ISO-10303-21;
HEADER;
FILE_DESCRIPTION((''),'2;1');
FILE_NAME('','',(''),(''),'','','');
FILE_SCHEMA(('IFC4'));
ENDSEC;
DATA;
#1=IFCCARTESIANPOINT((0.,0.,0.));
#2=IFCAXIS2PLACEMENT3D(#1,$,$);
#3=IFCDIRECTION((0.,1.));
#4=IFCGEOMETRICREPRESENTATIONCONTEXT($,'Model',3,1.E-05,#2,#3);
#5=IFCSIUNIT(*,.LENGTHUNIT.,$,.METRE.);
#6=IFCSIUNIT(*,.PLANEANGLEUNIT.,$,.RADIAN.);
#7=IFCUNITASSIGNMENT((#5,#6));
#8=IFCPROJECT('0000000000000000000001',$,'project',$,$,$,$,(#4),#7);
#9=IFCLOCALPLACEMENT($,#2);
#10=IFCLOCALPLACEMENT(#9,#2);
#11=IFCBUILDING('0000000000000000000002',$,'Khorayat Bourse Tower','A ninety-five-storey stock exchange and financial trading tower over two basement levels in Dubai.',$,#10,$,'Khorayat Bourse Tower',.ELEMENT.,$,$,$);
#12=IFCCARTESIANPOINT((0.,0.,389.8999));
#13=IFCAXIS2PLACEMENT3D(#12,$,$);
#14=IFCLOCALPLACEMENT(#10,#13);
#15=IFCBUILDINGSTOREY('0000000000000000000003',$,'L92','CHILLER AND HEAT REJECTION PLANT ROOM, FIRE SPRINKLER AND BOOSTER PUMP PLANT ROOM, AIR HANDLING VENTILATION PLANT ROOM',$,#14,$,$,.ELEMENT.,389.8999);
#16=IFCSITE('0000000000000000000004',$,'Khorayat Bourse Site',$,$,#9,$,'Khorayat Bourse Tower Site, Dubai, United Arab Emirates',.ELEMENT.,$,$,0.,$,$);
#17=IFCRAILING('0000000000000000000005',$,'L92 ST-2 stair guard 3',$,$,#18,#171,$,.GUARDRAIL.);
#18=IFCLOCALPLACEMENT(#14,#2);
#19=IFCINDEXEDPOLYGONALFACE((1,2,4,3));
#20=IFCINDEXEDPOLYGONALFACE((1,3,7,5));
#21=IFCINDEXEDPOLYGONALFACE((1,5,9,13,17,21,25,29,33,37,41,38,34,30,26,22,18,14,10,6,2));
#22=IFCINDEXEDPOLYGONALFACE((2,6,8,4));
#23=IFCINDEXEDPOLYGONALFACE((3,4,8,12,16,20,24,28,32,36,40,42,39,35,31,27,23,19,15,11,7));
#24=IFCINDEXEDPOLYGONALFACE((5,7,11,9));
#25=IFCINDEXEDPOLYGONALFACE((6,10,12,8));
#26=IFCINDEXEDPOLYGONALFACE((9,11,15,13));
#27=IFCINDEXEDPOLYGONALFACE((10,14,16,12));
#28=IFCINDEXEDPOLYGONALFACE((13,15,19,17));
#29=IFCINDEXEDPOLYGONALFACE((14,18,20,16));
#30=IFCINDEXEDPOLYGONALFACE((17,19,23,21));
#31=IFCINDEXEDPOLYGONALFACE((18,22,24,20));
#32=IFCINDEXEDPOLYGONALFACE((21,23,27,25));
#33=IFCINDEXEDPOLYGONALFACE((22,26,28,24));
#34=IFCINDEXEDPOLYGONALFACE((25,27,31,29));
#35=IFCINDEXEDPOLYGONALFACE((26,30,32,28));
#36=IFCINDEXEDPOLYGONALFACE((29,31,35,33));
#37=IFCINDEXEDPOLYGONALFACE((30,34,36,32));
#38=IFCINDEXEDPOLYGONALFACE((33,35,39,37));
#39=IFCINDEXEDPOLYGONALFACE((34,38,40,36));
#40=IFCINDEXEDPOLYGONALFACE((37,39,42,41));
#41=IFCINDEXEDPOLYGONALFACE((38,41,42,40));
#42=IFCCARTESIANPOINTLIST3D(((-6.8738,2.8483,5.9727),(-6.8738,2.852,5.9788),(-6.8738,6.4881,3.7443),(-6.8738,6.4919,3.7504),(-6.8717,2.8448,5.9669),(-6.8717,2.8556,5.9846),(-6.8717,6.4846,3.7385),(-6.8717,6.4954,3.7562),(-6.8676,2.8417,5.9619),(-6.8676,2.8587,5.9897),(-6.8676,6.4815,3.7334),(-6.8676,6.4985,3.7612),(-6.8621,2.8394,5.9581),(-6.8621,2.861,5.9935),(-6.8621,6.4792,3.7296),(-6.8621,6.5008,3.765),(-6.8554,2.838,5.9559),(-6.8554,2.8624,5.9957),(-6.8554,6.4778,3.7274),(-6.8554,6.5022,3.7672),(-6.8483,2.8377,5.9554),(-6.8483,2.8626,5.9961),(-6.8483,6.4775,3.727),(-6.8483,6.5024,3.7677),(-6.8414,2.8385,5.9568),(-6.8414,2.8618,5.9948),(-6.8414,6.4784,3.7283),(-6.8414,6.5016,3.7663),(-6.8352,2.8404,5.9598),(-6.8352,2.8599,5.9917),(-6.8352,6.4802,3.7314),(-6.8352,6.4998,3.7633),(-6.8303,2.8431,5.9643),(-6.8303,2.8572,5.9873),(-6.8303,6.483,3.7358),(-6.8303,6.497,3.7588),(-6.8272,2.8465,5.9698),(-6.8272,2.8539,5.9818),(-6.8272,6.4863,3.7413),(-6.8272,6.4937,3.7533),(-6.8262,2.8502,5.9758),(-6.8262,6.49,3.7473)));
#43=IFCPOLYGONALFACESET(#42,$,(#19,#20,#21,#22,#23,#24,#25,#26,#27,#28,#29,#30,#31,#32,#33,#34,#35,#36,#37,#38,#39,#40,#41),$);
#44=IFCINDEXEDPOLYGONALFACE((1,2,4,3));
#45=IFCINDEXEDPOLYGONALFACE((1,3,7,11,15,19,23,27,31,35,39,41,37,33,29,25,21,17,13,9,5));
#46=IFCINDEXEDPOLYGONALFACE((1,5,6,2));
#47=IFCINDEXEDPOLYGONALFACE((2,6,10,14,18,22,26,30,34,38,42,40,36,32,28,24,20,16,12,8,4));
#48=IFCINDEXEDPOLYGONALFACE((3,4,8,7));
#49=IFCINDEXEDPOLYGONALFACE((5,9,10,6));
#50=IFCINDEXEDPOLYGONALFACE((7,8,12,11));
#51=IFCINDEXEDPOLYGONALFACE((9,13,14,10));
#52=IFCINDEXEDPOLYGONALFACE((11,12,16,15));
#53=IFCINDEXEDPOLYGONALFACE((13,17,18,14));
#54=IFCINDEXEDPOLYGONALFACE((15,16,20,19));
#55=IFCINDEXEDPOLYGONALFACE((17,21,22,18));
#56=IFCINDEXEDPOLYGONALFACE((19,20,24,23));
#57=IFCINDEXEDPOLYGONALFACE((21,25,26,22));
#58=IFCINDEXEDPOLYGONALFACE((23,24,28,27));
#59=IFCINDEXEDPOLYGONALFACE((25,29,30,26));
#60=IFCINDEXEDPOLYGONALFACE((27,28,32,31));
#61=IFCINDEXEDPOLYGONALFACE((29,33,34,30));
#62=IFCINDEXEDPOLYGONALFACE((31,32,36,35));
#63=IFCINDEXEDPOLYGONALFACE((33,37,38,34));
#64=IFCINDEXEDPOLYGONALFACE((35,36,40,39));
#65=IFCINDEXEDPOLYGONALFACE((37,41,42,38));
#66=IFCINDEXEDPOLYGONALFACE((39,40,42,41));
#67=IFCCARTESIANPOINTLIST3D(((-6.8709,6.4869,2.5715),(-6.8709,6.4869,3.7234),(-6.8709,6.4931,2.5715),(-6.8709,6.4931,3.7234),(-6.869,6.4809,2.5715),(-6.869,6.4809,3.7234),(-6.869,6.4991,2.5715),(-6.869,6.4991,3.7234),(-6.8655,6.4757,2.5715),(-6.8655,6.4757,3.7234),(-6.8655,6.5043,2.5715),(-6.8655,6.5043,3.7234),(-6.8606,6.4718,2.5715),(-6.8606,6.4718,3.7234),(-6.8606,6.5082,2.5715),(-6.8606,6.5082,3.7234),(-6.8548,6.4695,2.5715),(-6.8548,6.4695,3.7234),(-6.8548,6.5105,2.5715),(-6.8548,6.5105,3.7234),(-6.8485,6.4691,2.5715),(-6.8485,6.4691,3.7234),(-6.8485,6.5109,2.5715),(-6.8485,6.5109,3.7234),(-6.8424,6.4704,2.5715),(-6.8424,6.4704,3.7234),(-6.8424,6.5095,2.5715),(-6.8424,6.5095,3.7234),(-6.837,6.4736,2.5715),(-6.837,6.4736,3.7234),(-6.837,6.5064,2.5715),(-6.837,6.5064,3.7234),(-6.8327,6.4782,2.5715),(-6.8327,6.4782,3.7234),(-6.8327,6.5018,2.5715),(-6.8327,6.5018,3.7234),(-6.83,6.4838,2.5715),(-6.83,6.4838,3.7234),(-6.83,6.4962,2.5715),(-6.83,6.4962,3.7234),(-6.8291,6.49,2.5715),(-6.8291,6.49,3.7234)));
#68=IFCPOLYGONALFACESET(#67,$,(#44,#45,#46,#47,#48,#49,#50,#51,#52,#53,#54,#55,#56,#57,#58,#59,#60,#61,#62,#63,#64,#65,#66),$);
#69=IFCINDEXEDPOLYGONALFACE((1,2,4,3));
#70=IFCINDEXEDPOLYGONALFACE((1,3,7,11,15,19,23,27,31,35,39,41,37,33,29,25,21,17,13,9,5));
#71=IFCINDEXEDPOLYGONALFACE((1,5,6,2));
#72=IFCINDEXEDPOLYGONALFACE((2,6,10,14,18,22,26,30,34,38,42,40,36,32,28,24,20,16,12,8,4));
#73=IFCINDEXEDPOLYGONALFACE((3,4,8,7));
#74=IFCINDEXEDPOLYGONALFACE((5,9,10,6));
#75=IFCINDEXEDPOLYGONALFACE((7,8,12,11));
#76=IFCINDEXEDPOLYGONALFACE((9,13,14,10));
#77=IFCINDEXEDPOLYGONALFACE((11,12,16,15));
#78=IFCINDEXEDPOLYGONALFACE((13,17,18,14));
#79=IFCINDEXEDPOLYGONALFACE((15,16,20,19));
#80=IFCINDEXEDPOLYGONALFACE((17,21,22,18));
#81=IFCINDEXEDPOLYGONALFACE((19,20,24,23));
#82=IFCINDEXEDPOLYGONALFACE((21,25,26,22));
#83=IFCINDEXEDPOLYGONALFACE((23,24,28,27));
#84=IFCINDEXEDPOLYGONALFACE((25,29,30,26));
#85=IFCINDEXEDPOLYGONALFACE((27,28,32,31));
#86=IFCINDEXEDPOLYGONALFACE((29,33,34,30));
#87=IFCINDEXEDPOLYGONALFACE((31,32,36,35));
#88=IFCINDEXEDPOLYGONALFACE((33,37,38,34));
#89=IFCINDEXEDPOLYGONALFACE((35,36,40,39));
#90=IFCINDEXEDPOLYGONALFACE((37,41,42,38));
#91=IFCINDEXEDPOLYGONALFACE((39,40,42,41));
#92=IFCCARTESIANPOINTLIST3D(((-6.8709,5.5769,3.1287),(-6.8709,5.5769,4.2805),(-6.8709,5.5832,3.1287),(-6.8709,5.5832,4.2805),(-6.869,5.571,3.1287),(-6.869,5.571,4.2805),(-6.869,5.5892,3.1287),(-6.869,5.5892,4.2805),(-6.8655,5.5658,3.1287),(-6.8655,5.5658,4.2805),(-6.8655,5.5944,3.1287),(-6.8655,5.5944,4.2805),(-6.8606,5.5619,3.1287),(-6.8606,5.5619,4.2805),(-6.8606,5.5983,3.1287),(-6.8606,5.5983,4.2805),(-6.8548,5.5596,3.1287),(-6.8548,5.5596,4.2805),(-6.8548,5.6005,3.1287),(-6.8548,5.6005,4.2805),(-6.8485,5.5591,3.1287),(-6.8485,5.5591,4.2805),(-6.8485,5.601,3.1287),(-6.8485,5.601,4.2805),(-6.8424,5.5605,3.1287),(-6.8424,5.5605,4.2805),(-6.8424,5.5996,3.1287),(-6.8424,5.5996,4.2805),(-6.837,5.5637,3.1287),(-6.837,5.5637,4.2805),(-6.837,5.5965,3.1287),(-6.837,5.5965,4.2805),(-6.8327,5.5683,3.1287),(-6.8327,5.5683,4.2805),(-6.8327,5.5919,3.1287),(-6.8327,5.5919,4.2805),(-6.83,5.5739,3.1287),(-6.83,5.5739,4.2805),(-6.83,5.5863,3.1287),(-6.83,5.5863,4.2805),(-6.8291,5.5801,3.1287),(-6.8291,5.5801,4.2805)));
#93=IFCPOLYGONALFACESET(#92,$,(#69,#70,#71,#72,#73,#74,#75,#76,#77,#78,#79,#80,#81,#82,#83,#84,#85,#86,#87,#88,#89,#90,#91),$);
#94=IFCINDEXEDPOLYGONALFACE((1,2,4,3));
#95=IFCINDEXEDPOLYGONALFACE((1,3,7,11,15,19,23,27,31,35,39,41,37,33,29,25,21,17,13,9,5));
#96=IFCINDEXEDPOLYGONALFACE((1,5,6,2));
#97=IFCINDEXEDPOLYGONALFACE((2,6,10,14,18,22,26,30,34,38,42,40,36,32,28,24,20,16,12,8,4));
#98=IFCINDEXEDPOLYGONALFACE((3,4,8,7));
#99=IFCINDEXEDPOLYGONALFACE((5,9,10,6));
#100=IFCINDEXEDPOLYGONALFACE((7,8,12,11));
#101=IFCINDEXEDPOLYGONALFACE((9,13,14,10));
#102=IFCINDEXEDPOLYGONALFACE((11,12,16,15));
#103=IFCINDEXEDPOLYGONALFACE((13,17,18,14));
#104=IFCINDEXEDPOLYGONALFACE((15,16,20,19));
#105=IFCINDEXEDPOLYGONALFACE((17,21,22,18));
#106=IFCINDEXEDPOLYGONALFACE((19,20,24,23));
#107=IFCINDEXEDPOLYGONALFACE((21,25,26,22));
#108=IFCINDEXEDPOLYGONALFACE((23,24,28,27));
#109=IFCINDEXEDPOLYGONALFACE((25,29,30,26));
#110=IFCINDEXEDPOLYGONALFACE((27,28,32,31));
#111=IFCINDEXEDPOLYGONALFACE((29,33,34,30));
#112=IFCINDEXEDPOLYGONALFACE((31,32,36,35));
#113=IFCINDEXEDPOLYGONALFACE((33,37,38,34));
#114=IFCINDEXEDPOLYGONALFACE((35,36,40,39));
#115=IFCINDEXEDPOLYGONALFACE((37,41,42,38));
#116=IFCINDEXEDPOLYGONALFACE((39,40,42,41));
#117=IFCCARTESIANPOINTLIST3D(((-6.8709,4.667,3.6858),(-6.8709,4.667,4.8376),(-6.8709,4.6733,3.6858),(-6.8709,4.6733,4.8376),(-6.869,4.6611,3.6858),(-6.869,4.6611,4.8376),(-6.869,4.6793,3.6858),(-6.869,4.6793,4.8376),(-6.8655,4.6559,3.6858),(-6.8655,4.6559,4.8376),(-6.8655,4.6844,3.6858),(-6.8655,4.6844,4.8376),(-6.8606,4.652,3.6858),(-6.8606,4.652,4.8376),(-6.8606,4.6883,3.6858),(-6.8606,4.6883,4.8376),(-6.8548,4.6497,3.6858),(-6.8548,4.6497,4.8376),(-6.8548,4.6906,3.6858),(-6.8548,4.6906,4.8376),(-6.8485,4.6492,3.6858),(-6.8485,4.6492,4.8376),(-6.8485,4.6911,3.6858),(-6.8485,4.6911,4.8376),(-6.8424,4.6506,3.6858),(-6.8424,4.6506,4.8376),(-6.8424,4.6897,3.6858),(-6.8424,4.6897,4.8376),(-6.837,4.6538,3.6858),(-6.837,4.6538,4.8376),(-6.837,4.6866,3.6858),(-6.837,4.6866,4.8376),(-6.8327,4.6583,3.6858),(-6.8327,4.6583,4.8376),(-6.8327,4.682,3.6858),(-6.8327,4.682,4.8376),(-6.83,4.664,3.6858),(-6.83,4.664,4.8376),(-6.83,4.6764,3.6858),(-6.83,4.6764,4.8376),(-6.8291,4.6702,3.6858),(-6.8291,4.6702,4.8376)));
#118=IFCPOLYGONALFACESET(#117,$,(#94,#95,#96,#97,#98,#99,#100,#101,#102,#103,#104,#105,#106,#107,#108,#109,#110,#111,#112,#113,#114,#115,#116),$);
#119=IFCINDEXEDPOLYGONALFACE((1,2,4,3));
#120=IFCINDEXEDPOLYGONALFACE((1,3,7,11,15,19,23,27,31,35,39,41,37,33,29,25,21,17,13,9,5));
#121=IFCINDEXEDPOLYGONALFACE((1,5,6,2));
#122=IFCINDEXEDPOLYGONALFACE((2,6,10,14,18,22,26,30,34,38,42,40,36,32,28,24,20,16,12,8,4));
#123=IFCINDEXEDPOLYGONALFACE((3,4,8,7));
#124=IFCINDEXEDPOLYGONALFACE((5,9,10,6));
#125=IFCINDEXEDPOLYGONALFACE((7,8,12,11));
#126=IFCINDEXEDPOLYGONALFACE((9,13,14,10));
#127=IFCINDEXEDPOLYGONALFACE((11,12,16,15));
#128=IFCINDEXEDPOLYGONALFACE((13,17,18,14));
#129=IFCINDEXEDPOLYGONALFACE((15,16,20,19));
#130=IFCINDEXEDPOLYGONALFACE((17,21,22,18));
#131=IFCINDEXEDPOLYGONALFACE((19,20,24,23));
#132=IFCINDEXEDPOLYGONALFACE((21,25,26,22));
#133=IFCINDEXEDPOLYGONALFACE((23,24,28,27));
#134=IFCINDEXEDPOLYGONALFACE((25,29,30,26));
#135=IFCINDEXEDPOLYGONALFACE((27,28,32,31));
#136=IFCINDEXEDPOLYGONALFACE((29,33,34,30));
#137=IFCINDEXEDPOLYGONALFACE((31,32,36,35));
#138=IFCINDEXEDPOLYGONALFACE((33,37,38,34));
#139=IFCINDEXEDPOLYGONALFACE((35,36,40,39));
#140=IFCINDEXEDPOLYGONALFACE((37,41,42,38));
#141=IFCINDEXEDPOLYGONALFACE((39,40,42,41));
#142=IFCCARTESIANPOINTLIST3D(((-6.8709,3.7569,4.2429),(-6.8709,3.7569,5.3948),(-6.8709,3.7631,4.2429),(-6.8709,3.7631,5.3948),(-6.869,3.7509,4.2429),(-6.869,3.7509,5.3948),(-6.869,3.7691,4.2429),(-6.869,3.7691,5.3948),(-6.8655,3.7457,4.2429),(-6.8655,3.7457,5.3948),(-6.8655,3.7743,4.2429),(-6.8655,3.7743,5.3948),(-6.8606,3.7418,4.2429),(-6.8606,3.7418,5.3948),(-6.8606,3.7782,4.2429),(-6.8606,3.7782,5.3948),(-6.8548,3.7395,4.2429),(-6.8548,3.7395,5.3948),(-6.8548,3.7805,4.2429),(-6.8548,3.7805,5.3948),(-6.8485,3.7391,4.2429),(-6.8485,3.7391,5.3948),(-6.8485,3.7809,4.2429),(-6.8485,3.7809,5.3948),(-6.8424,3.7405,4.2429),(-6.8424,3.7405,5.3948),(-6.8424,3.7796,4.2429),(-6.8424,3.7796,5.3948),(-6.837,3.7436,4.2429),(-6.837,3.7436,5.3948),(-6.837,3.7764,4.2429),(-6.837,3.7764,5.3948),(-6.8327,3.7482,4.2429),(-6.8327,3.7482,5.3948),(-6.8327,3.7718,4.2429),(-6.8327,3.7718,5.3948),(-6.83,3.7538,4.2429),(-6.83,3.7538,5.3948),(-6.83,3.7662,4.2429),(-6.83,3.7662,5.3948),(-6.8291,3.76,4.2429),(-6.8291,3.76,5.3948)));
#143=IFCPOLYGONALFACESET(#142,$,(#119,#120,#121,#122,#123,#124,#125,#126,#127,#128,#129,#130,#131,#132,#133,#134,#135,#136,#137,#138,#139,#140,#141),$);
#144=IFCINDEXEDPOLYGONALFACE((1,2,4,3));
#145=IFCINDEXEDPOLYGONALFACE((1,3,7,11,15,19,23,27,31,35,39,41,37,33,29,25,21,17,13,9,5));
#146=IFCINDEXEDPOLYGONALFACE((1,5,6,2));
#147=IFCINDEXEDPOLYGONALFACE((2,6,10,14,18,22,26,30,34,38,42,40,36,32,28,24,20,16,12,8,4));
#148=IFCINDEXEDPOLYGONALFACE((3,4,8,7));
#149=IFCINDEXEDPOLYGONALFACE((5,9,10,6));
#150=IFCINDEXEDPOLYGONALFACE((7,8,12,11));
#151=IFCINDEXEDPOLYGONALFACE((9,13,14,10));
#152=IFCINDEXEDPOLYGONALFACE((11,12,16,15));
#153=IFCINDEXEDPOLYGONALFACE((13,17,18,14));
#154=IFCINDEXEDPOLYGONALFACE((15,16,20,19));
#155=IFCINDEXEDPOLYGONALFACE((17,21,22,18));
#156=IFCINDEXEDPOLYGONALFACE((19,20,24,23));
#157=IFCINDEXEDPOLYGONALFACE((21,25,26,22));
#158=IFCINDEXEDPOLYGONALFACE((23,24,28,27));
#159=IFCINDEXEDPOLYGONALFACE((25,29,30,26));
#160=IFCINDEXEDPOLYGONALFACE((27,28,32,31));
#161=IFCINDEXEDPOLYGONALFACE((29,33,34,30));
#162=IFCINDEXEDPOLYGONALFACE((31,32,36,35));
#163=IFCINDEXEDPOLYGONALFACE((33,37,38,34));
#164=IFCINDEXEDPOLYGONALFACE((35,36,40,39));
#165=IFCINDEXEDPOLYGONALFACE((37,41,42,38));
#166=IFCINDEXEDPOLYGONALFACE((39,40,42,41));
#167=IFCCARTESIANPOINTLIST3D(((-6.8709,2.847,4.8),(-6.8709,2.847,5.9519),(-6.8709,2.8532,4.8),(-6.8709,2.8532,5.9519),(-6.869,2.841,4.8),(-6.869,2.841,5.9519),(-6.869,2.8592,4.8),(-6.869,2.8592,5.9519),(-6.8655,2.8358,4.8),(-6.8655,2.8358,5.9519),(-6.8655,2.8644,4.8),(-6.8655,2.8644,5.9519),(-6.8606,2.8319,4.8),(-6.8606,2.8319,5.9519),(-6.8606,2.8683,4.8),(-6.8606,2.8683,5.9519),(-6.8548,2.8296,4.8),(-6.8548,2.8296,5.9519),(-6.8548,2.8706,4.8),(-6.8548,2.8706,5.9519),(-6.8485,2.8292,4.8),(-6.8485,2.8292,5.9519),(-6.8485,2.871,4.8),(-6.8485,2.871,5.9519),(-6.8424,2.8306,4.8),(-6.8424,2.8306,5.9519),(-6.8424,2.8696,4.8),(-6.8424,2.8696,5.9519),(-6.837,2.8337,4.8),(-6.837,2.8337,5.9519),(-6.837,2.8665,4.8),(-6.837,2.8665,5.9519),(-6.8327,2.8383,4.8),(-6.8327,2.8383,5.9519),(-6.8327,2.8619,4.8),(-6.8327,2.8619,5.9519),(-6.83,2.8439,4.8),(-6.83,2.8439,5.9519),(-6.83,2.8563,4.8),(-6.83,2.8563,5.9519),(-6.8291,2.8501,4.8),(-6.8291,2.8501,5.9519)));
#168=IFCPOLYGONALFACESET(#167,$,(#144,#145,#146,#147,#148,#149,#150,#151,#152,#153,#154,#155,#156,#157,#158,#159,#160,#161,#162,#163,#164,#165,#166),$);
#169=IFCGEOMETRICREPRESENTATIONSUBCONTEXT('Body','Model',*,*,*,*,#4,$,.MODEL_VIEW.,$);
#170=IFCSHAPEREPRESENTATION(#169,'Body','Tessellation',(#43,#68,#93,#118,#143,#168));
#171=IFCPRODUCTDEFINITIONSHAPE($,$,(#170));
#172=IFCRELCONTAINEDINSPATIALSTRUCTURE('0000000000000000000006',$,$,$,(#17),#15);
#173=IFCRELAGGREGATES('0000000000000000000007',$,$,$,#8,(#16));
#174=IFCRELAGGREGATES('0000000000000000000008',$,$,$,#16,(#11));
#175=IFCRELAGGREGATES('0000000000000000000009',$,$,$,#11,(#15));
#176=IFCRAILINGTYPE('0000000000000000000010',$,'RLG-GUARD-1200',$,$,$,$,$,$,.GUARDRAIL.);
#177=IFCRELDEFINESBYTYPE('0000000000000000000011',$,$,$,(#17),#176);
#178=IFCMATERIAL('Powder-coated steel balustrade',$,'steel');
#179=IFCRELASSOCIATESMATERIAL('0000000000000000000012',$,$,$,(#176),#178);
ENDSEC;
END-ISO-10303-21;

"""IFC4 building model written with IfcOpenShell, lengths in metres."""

from ifc_helpers import new_model, si_unit, direction, frame, origin, origin_2d, place, context, subcontext, project, spatial, circle, extrude, source, transform, mapped, material, type_object, element, save


model = new_model("IFC4")

# Units and contexts
model_context = context("Model", 3, precision=1e-05, world=origin(), true_north=direction((0.0, 1.0)))
body_context = subcontext(model_context, "Body", "Model", "MODEL_VIEW")
ifc_project = project(units=[si_unit("LENGTHUNIT", "METRE"), si_unit("PLANEANGLEUNIT", "RADIAN")], contexts=[model_context])

# Site, building, storey
site_placement = place(None, origin())
site = spatial("IfcSite", under=ifc_project, at=site_placement, Name="Khorayat Bourse Site", LongName="Khorayat Bourse Tower Site, Dubai, United Arab Emirates", CompositionType="ELEMENT", RefElevation=0.0)
building_placement = place(site_placement, origin())
building = spatial("IfcBuilding", under=site, at=building_placement, Name="Khorayat Bourse Tower", Description="A ninety-five-storey stock exchange and financial trading tower over two basement levels in Dubai.", LongName="Khorayat Bourse Tower", CompositionType="ELEMENT")
storey_placement = place(building_placement, frame((0.0, 0.0, 389.8999)))
storey = spatial("IfcBuildingStorey", under=building, at=storey_placement, Name="L92", Description="CHILLER AND HEAT REJECTION PLANT ROOM, FIRE SPRINKLER AND BOOSTER PUMP PLANT ROOM, AIR HANDLING VENTILATION PLANT ROOM", CompositionType="ELEMENT", Elevation=389.8999)

# Railing
ifc_material_1 = material(Name="Powder-coated steel balustrade", Category="steel")
railing_type_1 = type_object("IfcRailingType", Name="RLG-GUARD-1200", PredefinedType="GUARDRAIL", material=ifc_material_1)
shared_shape_1 = source(origin(), body_context, "Body", "SweptSolid", [
    extrude(circle(Radius=0.0239, at=origin_2d()), frame((0.0, 0.0, 1.1758), z_axis=(0.0, -0.85285, 0.522156), x_axis=(1.0, 0.0, 0.0)), (0.0, 0.0, 1.0), 4.2678),
    extrude(circle(Radius=0.021, at=origin_2d()), origin(), (0.0, 0.0, 1.0), 1.1519),
    extrude(circle(Radius=0.021, at=origin_2d()), frame((0.0, -0.9099, 0.5571)), (0.0, 0.0, 1.0), 1.1519),
    extrude(circle(Radius=0.021, at=origin_2d()), frame((0.0, -1.8198, 1.1143)), (0.0, 0.0, 1.0), 1.1519),
    extrude(circle(Radius=0.021, at=origin_2d()), frame((0.0, -2.73, 1.6714)), (0.0, 0.0, 1.0), 1.1519),
    extrude(circle(Radius=0.021, at=origin_2d()), frame((0.0, -3.6399, 2.2285)), (0.0, 0.0, 1.0), 1.1519),
])
railing_1_placement = place(storey_placement, frame((-6.8501, 6.49, 2.5715)))
element("IfcRailing", 1, at=railing_1_placement, inside=storey, type_object=railing_type_1, Name="L92 ST-2 stair guard 3", PredefinedType="GUARDRAIL", context=body_context, shape_type="MappedRepresentation", body=[
    mapped(shared_shape_1, transform((0.0, 0.0, 0.0), scale=1.0)),
])

save(model, "model.ifc")
